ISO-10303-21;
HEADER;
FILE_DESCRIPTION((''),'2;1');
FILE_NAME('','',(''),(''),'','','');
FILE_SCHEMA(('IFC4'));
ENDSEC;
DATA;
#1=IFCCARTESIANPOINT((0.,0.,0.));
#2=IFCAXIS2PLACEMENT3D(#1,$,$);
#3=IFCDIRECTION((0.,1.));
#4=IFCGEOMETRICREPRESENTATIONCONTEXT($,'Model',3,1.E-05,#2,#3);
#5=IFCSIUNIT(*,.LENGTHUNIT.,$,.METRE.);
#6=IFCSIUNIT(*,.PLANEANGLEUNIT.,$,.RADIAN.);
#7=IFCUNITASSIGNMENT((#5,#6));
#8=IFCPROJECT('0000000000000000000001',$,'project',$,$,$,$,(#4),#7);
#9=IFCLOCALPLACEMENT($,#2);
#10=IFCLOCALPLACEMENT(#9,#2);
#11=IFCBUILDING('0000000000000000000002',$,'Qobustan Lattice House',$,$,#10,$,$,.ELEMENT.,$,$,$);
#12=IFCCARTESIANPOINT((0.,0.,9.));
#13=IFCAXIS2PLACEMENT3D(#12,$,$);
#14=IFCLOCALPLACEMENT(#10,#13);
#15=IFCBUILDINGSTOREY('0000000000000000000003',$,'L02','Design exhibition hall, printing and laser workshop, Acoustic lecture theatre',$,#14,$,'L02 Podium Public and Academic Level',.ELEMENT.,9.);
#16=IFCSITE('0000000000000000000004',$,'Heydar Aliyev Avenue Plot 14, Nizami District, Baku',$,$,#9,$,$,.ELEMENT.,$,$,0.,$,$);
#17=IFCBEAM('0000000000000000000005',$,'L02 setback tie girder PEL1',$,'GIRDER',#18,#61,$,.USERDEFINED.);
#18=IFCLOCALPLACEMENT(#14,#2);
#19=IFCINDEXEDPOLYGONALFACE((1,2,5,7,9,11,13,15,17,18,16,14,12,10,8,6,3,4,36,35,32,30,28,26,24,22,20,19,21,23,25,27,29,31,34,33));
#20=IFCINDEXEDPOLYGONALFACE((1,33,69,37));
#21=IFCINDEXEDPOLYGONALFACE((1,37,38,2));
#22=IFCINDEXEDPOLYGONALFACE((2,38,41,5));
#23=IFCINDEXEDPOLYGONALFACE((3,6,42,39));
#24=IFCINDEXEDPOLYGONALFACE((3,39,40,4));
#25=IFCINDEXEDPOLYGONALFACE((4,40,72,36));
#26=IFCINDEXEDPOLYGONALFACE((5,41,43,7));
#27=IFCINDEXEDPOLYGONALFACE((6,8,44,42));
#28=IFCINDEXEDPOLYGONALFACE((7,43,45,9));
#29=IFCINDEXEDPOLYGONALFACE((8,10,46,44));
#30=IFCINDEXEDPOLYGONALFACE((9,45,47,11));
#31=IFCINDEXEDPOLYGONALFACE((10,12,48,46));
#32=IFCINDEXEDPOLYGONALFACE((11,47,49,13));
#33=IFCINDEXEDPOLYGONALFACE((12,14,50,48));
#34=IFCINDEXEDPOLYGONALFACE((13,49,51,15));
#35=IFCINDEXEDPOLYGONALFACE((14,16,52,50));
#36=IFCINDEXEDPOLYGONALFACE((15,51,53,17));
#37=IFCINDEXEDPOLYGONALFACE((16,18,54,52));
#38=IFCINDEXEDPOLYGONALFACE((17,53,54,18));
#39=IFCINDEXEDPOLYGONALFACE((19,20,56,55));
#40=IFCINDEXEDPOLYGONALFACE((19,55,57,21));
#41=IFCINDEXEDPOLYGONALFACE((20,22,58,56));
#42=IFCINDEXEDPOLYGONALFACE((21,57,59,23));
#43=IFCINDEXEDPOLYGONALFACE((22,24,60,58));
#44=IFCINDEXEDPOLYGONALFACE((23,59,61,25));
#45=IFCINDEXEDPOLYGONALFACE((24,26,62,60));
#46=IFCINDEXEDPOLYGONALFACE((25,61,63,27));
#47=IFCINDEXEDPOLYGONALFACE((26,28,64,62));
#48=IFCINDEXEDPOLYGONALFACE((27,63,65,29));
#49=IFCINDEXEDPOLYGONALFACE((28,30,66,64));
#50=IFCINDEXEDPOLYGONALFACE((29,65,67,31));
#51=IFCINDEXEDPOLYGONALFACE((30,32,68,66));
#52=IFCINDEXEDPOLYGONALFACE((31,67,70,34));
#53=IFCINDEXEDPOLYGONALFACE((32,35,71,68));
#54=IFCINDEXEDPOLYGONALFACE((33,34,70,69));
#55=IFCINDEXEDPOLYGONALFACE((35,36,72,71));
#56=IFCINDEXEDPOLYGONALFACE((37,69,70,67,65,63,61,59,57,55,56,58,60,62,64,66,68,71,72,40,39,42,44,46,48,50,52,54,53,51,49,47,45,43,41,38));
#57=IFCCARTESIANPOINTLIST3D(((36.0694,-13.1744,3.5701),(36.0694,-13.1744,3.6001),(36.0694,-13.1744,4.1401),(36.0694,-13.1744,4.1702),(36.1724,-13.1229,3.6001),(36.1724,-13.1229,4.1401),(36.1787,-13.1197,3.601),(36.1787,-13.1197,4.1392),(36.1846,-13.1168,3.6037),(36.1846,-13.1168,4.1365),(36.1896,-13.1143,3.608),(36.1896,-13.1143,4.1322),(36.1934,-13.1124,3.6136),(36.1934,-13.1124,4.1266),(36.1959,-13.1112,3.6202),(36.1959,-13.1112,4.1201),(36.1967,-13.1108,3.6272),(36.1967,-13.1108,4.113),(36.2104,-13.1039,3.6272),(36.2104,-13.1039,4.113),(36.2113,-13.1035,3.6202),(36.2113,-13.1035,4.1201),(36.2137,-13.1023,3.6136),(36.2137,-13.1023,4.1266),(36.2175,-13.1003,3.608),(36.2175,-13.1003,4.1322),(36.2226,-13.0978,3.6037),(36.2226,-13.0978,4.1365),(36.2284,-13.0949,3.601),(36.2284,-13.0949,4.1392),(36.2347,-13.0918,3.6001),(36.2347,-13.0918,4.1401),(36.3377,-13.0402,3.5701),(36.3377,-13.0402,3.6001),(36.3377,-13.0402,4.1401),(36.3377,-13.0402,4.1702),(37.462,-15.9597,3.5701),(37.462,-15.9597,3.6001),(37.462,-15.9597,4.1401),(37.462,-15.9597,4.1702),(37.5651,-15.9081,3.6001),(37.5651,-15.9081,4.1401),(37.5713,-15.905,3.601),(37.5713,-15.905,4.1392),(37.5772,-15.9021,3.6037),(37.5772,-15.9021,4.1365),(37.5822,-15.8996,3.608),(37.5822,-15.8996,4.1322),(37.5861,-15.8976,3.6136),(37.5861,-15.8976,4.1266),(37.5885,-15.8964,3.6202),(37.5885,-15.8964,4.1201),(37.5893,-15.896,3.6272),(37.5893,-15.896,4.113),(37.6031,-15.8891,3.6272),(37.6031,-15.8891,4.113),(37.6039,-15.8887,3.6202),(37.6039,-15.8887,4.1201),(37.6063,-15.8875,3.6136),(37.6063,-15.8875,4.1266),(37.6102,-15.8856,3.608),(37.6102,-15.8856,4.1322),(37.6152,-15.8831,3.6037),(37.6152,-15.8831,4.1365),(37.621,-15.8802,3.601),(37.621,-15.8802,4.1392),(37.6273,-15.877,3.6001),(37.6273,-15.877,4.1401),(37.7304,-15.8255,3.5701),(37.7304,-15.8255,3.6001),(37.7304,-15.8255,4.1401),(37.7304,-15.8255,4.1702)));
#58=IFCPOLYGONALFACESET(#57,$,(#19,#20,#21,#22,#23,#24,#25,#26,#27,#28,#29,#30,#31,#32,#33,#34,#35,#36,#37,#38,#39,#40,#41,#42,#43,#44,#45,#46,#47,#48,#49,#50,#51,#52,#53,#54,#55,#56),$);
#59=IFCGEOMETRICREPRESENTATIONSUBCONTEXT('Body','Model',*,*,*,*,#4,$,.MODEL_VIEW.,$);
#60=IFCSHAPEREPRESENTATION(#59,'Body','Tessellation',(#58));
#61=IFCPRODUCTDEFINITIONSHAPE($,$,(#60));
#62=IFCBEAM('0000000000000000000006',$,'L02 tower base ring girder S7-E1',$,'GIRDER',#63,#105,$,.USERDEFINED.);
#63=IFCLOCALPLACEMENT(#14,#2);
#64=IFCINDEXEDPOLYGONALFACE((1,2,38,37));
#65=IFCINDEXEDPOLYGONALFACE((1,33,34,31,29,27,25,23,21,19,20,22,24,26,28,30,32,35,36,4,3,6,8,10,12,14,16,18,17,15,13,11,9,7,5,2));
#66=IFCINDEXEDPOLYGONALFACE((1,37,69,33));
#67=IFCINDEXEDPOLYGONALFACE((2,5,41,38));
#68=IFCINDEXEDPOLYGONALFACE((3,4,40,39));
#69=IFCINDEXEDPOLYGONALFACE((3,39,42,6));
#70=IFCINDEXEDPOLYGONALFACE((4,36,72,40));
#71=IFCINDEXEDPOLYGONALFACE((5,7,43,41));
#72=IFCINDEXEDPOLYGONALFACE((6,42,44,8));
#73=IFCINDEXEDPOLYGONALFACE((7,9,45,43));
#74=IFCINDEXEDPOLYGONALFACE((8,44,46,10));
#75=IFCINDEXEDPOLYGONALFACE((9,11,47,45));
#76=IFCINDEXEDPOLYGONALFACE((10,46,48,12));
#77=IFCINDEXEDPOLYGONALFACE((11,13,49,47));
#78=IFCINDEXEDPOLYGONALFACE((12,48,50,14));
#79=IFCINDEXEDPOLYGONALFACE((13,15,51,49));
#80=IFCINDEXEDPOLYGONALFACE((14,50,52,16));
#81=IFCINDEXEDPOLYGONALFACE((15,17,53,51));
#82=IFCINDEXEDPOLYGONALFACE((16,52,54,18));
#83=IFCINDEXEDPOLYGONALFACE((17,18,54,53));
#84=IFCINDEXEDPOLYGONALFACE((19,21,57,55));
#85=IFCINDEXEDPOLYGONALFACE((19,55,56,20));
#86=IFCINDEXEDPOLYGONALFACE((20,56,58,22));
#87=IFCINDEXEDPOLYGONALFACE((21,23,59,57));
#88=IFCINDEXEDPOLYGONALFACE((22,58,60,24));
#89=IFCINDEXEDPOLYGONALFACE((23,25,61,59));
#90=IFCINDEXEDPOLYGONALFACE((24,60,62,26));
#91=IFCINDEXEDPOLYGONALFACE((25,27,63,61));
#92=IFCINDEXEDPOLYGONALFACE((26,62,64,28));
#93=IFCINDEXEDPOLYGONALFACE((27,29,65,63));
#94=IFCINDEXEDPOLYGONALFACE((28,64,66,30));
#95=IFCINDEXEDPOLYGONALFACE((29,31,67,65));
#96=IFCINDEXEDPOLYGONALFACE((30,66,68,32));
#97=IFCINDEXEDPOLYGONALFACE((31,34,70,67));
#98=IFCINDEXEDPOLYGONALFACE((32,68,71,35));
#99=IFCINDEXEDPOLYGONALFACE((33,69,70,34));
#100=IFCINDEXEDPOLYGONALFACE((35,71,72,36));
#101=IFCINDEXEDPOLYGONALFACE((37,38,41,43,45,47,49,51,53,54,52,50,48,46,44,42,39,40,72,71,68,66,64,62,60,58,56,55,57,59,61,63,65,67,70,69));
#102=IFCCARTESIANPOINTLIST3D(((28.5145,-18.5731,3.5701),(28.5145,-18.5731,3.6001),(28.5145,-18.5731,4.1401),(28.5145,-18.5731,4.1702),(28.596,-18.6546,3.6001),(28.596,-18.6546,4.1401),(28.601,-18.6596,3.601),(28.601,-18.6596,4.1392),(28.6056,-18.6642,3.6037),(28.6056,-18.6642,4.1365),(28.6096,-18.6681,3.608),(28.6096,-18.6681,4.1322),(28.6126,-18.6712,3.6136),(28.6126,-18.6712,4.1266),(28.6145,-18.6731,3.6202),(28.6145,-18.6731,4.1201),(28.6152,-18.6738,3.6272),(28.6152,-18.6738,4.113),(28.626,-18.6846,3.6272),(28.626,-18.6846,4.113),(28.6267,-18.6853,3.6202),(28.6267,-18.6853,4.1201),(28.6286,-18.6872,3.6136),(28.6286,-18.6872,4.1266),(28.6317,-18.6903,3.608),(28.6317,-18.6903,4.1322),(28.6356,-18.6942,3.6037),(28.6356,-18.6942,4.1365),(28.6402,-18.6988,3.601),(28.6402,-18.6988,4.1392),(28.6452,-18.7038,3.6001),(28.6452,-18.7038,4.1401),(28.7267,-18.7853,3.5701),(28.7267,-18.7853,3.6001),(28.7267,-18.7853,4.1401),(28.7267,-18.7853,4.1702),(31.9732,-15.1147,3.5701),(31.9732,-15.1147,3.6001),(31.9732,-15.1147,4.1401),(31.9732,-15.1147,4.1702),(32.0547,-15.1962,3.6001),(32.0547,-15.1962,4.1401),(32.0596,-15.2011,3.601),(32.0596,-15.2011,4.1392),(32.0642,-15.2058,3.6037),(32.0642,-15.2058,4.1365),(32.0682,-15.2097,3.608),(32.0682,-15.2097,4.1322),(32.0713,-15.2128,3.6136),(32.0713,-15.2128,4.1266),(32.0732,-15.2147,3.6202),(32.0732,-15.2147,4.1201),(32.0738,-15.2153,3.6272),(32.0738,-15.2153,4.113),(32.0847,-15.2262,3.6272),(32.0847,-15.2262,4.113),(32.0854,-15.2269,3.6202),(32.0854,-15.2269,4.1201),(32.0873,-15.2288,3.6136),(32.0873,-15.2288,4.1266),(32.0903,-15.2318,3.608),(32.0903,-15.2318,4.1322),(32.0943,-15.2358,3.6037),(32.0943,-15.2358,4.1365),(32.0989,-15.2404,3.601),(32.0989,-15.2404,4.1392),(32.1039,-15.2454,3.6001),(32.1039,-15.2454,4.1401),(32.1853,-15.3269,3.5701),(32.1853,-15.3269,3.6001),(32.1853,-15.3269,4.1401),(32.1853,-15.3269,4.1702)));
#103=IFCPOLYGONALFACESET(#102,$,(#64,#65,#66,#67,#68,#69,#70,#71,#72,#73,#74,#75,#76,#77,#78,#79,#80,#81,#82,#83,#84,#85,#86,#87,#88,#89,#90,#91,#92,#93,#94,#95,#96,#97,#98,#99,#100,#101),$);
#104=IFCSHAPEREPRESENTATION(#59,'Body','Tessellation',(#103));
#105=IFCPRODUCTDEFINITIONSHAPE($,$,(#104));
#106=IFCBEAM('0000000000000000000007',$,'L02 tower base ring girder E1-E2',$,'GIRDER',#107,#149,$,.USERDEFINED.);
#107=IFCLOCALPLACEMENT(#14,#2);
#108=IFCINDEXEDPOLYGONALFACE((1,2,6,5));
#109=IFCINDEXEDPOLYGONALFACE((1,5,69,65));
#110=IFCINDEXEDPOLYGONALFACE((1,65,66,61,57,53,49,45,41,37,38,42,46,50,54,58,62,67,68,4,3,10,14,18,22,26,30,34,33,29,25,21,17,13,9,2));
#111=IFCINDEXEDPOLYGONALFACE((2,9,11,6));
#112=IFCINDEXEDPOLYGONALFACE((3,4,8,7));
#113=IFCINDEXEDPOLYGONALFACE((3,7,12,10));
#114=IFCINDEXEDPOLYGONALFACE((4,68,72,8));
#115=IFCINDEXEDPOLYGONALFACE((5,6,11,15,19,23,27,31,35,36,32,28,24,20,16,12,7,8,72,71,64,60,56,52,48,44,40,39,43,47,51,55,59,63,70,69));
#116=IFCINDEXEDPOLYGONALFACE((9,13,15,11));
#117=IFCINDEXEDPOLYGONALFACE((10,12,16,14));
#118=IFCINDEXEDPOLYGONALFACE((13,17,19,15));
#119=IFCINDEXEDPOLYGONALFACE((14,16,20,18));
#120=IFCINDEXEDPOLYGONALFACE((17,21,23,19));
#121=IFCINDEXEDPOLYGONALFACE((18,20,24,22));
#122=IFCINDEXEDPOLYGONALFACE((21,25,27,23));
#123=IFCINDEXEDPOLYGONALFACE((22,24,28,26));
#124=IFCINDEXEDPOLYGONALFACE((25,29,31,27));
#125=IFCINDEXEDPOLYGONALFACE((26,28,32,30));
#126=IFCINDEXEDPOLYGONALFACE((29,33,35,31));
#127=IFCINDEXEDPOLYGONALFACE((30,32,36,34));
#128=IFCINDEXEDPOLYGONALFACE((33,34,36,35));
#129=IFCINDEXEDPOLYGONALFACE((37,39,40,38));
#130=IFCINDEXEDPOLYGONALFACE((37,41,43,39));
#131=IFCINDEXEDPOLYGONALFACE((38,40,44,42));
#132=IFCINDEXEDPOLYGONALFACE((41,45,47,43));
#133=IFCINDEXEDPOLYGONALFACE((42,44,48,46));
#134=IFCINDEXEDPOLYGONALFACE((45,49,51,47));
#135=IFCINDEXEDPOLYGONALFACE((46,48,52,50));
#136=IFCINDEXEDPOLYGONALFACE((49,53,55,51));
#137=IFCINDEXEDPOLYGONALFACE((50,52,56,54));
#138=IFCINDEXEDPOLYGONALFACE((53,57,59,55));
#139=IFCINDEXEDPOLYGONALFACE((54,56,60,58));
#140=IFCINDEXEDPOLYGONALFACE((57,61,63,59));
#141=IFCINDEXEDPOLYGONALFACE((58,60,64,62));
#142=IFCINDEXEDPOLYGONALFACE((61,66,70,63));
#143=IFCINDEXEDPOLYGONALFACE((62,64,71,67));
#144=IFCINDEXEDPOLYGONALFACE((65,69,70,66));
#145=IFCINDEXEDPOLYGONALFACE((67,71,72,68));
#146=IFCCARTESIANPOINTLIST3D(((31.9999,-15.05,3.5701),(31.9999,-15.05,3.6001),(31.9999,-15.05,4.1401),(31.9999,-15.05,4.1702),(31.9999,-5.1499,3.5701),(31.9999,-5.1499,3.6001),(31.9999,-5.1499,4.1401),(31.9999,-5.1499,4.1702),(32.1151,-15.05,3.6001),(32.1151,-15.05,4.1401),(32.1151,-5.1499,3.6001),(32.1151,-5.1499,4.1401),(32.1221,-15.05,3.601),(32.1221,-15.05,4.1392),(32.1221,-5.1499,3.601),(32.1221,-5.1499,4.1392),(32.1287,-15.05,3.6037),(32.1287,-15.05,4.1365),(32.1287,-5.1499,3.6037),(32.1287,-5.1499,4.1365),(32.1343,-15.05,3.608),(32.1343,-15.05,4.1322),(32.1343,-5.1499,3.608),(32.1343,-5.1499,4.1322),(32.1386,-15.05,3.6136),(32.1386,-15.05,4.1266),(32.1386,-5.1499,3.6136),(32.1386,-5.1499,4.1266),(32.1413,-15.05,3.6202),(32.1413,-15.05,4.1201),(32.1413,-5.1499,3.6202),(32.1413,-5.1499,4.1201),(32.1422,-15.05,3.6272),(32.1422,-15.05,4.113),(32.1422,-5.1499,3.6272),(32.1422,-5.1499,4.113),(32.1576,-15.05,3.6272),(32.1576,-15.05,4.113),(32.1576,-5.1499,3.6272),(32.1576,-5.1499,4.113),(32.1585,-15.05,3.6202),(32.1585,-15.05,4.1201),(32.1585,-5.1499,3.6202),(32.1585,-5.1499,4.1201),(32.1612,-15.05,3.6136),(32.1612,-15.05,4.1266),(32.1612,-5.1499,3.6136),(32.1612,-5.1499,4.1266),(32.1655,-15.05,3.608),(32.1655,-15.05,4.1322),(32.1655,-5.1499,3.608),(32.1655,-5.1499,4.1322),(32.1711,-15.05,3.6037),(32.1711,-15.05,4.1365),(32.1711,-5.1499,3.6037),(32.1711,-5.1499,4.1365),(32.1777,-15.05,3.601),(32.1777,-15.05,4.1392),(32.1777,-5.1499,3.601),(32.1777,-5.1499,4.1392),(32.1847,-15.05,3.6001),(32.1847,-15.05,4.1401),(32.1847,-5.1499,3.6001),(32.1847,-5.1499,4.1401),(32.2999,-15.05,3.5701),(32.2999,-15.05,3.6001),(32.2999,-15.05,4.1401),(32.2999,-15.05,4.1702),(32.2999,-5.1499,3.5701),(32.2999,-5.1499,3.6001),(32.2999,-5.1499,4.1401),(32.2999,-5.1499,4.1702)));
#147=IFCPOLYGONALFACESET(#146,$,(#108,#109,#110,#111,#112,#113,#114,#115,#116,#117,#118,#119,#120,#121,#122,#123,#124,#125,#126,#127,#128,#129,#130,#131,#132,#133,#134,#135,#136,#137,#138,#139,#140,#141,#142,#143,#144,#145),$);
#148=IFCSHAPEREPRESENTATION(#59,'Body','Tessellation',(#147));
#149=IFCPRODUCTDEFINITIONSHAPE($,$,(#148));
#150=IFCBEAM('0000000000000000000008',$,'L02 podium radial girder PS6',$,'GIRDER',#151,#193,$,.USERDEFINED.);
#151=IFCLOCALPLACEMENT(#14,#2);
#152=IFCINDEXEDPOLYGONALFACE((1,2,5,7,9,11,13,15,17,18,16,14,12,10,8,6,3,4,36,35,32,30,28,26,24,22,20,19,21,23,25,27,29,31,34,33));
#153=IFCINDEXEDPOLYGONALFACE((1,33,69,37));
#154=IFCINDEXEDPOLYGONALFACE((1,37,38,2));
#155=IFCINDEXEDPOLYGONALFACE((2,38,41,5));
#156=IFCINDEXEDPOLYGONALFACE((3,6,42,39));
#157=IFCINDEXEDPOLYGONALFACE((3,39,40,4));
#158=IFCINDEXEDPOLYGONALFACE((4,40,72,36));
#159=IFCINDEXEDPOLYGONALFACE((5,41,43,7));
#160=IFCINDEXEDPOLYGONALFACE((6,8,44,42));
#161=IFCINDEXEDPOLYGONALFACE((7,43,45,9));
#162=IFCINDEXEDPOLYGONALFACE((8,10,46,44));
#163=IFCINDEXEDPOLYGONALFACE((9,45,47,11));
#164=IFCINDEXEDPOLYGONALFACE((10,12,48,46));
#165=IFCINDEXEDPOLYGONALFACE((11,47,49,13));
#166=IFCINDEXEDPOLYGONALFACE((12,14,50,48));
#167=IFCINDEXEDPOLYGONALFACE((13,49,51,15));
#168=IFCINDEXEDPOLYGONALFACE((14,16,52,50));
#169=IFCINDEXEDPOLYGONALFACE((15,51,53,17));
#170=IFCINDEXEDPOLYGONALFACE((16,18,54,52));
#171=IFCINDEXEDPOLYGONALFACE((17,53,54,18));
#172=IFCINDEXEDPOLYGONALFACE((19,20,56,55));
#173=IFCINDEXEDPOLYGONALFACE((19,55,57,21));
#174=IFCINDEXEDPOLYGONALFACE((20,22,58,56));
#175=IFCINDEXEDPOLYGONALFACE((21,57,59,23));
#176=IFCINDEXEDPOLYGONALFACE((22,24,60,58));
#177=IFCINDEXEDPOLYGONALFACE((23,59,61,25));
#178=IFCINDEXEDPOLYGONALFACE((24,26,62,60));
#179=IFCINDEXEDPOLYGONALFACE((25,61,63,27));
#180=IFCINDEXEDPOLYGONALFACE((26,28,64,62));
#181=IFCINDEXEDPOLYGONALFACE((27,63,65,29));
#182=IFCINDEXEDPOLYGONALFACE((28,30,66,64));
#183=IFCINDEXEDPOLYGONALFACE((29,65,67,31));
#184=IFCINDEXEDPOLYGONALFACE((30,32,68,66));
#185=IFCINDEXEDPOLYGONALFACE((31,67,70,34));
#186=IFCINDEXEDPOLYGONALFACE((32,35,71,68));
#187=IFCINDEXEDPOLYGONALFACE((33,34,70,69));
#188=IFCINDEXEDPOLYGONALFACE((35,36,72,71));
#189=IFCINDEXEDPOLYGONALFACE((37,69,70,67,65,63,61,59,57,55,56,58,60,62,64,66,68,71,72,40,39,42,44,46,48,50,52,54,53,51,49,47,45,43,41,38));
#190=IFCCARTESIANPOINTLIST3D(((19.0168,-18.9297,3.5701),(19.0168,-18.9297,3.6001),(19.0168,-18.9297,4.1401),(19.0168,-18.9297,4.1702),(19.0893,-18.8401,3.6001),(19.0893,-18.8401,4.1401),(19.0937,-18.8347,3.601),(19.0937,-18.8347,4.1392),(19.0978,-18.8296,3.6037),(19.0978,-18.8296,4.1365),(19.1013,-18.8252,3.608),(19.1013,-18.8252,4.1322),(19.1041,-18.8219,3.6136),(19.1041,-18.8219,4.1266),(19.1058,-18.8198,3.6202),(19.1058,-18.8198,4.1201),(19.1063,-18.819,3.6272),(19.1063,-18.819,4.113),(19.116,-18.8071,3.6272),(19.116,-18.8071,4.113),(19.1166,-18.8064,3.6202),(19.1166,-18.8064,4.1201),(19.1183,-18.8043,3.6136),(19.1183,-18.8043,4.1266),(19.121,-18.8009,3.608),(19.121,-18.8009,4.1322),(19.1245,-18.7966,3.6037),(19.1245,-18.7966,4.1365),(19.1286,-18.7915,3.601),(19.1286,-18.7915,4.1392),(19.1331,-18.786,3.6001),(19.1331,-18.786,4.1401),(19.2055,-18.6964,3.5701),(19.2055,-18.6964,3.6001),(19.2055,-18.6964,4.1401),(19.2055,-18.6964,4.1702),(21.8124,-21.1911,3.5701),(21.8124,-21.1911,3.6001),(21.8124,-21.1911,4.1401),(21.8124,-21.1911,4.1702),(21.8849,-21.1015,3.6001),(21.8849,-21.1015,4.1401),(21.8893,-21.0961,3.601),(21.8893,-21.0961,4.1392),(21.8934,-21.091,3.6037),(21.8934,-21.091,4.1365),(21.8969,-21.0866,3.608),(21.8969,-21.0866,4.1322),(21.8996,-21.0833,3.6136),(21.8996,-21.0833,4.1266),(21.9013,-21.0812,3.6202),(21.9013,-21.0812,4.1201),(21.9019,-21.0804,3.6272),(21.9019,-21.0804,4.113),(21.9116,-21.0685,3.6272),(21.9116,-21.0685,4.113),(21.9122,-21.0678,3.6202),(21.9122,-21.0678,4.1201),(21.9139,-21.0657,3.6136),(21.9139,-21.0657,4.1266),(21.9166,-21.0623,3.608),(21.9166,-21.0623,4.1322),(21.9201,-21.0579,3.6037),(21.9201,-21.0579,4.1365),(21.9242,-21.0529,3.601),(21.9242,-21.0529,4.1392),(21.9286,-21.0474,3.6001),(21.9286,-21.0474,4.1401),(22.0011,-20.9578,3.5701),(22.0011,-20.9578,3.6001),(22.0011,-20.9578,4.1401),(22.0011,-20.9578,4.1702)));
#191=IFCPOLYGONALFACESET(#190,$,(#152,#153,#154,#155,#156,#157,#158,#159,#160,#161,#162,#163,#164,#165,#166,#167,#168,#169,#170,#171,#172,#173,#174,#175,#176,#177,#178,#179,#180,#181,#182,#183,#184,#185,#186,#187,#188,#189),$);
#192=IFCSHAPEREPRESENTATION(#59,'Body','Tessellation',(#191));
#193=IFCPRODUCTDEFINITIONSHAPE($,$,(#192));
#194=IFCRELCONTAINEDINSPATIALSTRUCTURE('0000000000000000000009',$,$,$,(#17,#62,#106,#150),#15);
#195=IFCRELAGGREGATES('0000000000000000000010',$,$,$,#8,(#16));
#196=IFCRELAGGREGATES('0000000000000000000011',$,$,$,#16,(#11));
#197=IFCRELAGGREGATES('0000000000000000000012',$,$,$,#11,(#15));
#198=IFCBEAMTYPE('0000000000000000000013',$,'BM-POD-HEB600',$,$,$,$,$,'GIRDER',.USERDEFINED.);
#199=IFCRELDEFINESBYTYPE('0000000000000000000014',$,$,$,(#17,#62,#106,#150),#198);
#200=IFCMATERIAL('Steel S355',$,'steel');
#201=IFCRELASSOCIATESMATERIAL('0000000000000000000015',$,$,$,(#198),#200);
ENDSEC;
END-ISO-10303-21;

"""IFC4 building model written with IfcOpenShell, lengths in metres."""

from ifc_helpers import new_model, si_unit, direction, frame, origin, origin_2d, place, context, subcontext, project, spatial, i_section, extrude, material, material_profile, profile_set, type_object, element, save


model = new_model("IFC4")

# Units and contexts
model_context = context("Model", 3, precision=1e-05, world=origin(), true_north=direction((0.0, 1.0)))
body_context = subcontext(model_context, "Body", "Model", "MODEL_VIEW")
ifc_project = project(units=[si_unit("LENGTHUNIT", "METRE"), si_unit("PLANEANGLEUNIT", "RADIAN")], contexts=[model_context])

# Site, building, storey
site_placement = place(None, origin())
site = spatial("IfcSite", under=ifc_project, at=site_placement, Name="Heydar Aliyev Avenue Plot 14, Nizami District, Baku", CompositionType="ELEMENT", RefElevation=0.0)
building_placement = place(site_placement, origin())
building = spatial("IfcBuilding", under=site, at=building_placement, Name="Qobustan Lattice House", CompositionType="ELEMENT")
storey_placement = place(building_placement, frame((0.0, 0.0, 9.0)))
storey = spatial("IfcBuildingStorey", under=building, at=storey_placement, Name="L02", Description="Design exhibition hall, printing and laser workshop, Acoustic lecture theatre", LongName="L02 Podium Public and Academic Level", CompositionType="ELEMENT", Elevation=9.0)

# Beams
ifc_material_1 = material(Name="Steel S355", Category="steel")
ifc_material_profile_1 = material_profile(ifc_material_1, i_section(OverallWidth=0.3, OverallDepth=0.6001, WebThickness=0.0154, FlangeThickness=0.03, FilletRadius=0.0271, at=origin_2d()), Name="HEB600")
ifc_profile_set_1 = profile_set([ifc_material_profile_1], Name="Steel S355")
beam_type_1 = type_object("IfcBeamType", Name="BM-POD-HEB600", ElementType="GIRDER", PredefinedType="USERDEFINED", material=ifc_profile_set_1)
beam_1_placement = place(storey_placement, frame((37.5962, -15.8926, 3.8701), z_axis=(-0.447214, 0.894427, 0.0), x_axis=(-0.894427, -0.447214, 0.0)))
element("IfcBeam", 1, at=beam_1_placement, inside=storey, type_object=beam_type_1, Name="L02 setback tie girder PEL1", ObjectType="GIRDER", PredefinedType="USERDEFINED", context=body_context, shape_type="SweptSolid", body=[
    extrude(i_section(OverallWidth=0.3, OverallDepth=0.6001, WebThickness=0.0154, FlangeThickness=0.03, FilletRadius=0.0271, at=origin_2d()), origin(), (0.0, 0.0, 1.0), 3.114),
])
beam_2_placement = place(storey_placement, frame((28.6206, -18.6792, 3.8701), z_axis=(0.707132, 0.707082, 0.0), x_axis=(-0.707082, 0.707132, 0.0)))
element("IfcBeam", 2, at=beam_2_placement, inside=storey, type_object=beam_type_1, Name="L02 tower base ring girder S7-E1", ObjectType="GIRDER", PredefinedType="USERDEFINED", context=body_context, shape_type="SweptSolid", body=[
    extrude(i_section(OverallWidth=0.3, OverallDepth=0.6001, WebThickness=0.0154, FlangeThickness=0.03, FilletRadius=0.0271, at=origin_2d()), origin(), (0.0, 0.0, 1.0), 4.8911),
])
beam_3_placement = place(storey_placement, frame((32.1499, -15.05, 3.8701), z_axis=(0.0, 1.0, 0.0), x_axis=(-1.0, 0.0, 0.0)))
element("IfcBeam", 3, at=beam_3_placement, inside=storey, type_object=beam_type_1, Name="L02 tower base ring girder E1-E2", ObjectType="GIRDER", PredefinedType="USERDEFINED", context=body_context, shape_type="SweptSolid", body=[
    extrude(i_section(OverallWidth=0.3, OverallDepth=0.6001, WebThickness=0.0154, FlangeThickness=0.03, FilletRadius=0.0271, at=origin_2d()), origin(), (0.0, 0.0, 1.0), 9.9001),
])
beam_4_placement = place(storey_placement, frame((21.9067, -21.0745, 3.8701), z_axis=(-0.777473, 0.628917, 0.0), x_axis=(-0.628917, -0.777473, 0.0)))
element("IfcBeam", 4, at=beam_4_placement, inside=storey, type_object=beam_type_1, Name="L02 podium radial girder PS6", ObjectType="GIRDER", PredefinedType="USERDEFINED", context=body_context, shape_type="SweptSolid", body=[
    extrude(i_section(OverallWidth=0.3, OverallDepth=0.6001, WebThickness=0.0154, FlangeThickness=0.03, FilletRadius=0.0271, at=origin_2d()), origin(), (0.0, 0.0, 1.0), 3.5957),
])

save(model, "model.ifc")
